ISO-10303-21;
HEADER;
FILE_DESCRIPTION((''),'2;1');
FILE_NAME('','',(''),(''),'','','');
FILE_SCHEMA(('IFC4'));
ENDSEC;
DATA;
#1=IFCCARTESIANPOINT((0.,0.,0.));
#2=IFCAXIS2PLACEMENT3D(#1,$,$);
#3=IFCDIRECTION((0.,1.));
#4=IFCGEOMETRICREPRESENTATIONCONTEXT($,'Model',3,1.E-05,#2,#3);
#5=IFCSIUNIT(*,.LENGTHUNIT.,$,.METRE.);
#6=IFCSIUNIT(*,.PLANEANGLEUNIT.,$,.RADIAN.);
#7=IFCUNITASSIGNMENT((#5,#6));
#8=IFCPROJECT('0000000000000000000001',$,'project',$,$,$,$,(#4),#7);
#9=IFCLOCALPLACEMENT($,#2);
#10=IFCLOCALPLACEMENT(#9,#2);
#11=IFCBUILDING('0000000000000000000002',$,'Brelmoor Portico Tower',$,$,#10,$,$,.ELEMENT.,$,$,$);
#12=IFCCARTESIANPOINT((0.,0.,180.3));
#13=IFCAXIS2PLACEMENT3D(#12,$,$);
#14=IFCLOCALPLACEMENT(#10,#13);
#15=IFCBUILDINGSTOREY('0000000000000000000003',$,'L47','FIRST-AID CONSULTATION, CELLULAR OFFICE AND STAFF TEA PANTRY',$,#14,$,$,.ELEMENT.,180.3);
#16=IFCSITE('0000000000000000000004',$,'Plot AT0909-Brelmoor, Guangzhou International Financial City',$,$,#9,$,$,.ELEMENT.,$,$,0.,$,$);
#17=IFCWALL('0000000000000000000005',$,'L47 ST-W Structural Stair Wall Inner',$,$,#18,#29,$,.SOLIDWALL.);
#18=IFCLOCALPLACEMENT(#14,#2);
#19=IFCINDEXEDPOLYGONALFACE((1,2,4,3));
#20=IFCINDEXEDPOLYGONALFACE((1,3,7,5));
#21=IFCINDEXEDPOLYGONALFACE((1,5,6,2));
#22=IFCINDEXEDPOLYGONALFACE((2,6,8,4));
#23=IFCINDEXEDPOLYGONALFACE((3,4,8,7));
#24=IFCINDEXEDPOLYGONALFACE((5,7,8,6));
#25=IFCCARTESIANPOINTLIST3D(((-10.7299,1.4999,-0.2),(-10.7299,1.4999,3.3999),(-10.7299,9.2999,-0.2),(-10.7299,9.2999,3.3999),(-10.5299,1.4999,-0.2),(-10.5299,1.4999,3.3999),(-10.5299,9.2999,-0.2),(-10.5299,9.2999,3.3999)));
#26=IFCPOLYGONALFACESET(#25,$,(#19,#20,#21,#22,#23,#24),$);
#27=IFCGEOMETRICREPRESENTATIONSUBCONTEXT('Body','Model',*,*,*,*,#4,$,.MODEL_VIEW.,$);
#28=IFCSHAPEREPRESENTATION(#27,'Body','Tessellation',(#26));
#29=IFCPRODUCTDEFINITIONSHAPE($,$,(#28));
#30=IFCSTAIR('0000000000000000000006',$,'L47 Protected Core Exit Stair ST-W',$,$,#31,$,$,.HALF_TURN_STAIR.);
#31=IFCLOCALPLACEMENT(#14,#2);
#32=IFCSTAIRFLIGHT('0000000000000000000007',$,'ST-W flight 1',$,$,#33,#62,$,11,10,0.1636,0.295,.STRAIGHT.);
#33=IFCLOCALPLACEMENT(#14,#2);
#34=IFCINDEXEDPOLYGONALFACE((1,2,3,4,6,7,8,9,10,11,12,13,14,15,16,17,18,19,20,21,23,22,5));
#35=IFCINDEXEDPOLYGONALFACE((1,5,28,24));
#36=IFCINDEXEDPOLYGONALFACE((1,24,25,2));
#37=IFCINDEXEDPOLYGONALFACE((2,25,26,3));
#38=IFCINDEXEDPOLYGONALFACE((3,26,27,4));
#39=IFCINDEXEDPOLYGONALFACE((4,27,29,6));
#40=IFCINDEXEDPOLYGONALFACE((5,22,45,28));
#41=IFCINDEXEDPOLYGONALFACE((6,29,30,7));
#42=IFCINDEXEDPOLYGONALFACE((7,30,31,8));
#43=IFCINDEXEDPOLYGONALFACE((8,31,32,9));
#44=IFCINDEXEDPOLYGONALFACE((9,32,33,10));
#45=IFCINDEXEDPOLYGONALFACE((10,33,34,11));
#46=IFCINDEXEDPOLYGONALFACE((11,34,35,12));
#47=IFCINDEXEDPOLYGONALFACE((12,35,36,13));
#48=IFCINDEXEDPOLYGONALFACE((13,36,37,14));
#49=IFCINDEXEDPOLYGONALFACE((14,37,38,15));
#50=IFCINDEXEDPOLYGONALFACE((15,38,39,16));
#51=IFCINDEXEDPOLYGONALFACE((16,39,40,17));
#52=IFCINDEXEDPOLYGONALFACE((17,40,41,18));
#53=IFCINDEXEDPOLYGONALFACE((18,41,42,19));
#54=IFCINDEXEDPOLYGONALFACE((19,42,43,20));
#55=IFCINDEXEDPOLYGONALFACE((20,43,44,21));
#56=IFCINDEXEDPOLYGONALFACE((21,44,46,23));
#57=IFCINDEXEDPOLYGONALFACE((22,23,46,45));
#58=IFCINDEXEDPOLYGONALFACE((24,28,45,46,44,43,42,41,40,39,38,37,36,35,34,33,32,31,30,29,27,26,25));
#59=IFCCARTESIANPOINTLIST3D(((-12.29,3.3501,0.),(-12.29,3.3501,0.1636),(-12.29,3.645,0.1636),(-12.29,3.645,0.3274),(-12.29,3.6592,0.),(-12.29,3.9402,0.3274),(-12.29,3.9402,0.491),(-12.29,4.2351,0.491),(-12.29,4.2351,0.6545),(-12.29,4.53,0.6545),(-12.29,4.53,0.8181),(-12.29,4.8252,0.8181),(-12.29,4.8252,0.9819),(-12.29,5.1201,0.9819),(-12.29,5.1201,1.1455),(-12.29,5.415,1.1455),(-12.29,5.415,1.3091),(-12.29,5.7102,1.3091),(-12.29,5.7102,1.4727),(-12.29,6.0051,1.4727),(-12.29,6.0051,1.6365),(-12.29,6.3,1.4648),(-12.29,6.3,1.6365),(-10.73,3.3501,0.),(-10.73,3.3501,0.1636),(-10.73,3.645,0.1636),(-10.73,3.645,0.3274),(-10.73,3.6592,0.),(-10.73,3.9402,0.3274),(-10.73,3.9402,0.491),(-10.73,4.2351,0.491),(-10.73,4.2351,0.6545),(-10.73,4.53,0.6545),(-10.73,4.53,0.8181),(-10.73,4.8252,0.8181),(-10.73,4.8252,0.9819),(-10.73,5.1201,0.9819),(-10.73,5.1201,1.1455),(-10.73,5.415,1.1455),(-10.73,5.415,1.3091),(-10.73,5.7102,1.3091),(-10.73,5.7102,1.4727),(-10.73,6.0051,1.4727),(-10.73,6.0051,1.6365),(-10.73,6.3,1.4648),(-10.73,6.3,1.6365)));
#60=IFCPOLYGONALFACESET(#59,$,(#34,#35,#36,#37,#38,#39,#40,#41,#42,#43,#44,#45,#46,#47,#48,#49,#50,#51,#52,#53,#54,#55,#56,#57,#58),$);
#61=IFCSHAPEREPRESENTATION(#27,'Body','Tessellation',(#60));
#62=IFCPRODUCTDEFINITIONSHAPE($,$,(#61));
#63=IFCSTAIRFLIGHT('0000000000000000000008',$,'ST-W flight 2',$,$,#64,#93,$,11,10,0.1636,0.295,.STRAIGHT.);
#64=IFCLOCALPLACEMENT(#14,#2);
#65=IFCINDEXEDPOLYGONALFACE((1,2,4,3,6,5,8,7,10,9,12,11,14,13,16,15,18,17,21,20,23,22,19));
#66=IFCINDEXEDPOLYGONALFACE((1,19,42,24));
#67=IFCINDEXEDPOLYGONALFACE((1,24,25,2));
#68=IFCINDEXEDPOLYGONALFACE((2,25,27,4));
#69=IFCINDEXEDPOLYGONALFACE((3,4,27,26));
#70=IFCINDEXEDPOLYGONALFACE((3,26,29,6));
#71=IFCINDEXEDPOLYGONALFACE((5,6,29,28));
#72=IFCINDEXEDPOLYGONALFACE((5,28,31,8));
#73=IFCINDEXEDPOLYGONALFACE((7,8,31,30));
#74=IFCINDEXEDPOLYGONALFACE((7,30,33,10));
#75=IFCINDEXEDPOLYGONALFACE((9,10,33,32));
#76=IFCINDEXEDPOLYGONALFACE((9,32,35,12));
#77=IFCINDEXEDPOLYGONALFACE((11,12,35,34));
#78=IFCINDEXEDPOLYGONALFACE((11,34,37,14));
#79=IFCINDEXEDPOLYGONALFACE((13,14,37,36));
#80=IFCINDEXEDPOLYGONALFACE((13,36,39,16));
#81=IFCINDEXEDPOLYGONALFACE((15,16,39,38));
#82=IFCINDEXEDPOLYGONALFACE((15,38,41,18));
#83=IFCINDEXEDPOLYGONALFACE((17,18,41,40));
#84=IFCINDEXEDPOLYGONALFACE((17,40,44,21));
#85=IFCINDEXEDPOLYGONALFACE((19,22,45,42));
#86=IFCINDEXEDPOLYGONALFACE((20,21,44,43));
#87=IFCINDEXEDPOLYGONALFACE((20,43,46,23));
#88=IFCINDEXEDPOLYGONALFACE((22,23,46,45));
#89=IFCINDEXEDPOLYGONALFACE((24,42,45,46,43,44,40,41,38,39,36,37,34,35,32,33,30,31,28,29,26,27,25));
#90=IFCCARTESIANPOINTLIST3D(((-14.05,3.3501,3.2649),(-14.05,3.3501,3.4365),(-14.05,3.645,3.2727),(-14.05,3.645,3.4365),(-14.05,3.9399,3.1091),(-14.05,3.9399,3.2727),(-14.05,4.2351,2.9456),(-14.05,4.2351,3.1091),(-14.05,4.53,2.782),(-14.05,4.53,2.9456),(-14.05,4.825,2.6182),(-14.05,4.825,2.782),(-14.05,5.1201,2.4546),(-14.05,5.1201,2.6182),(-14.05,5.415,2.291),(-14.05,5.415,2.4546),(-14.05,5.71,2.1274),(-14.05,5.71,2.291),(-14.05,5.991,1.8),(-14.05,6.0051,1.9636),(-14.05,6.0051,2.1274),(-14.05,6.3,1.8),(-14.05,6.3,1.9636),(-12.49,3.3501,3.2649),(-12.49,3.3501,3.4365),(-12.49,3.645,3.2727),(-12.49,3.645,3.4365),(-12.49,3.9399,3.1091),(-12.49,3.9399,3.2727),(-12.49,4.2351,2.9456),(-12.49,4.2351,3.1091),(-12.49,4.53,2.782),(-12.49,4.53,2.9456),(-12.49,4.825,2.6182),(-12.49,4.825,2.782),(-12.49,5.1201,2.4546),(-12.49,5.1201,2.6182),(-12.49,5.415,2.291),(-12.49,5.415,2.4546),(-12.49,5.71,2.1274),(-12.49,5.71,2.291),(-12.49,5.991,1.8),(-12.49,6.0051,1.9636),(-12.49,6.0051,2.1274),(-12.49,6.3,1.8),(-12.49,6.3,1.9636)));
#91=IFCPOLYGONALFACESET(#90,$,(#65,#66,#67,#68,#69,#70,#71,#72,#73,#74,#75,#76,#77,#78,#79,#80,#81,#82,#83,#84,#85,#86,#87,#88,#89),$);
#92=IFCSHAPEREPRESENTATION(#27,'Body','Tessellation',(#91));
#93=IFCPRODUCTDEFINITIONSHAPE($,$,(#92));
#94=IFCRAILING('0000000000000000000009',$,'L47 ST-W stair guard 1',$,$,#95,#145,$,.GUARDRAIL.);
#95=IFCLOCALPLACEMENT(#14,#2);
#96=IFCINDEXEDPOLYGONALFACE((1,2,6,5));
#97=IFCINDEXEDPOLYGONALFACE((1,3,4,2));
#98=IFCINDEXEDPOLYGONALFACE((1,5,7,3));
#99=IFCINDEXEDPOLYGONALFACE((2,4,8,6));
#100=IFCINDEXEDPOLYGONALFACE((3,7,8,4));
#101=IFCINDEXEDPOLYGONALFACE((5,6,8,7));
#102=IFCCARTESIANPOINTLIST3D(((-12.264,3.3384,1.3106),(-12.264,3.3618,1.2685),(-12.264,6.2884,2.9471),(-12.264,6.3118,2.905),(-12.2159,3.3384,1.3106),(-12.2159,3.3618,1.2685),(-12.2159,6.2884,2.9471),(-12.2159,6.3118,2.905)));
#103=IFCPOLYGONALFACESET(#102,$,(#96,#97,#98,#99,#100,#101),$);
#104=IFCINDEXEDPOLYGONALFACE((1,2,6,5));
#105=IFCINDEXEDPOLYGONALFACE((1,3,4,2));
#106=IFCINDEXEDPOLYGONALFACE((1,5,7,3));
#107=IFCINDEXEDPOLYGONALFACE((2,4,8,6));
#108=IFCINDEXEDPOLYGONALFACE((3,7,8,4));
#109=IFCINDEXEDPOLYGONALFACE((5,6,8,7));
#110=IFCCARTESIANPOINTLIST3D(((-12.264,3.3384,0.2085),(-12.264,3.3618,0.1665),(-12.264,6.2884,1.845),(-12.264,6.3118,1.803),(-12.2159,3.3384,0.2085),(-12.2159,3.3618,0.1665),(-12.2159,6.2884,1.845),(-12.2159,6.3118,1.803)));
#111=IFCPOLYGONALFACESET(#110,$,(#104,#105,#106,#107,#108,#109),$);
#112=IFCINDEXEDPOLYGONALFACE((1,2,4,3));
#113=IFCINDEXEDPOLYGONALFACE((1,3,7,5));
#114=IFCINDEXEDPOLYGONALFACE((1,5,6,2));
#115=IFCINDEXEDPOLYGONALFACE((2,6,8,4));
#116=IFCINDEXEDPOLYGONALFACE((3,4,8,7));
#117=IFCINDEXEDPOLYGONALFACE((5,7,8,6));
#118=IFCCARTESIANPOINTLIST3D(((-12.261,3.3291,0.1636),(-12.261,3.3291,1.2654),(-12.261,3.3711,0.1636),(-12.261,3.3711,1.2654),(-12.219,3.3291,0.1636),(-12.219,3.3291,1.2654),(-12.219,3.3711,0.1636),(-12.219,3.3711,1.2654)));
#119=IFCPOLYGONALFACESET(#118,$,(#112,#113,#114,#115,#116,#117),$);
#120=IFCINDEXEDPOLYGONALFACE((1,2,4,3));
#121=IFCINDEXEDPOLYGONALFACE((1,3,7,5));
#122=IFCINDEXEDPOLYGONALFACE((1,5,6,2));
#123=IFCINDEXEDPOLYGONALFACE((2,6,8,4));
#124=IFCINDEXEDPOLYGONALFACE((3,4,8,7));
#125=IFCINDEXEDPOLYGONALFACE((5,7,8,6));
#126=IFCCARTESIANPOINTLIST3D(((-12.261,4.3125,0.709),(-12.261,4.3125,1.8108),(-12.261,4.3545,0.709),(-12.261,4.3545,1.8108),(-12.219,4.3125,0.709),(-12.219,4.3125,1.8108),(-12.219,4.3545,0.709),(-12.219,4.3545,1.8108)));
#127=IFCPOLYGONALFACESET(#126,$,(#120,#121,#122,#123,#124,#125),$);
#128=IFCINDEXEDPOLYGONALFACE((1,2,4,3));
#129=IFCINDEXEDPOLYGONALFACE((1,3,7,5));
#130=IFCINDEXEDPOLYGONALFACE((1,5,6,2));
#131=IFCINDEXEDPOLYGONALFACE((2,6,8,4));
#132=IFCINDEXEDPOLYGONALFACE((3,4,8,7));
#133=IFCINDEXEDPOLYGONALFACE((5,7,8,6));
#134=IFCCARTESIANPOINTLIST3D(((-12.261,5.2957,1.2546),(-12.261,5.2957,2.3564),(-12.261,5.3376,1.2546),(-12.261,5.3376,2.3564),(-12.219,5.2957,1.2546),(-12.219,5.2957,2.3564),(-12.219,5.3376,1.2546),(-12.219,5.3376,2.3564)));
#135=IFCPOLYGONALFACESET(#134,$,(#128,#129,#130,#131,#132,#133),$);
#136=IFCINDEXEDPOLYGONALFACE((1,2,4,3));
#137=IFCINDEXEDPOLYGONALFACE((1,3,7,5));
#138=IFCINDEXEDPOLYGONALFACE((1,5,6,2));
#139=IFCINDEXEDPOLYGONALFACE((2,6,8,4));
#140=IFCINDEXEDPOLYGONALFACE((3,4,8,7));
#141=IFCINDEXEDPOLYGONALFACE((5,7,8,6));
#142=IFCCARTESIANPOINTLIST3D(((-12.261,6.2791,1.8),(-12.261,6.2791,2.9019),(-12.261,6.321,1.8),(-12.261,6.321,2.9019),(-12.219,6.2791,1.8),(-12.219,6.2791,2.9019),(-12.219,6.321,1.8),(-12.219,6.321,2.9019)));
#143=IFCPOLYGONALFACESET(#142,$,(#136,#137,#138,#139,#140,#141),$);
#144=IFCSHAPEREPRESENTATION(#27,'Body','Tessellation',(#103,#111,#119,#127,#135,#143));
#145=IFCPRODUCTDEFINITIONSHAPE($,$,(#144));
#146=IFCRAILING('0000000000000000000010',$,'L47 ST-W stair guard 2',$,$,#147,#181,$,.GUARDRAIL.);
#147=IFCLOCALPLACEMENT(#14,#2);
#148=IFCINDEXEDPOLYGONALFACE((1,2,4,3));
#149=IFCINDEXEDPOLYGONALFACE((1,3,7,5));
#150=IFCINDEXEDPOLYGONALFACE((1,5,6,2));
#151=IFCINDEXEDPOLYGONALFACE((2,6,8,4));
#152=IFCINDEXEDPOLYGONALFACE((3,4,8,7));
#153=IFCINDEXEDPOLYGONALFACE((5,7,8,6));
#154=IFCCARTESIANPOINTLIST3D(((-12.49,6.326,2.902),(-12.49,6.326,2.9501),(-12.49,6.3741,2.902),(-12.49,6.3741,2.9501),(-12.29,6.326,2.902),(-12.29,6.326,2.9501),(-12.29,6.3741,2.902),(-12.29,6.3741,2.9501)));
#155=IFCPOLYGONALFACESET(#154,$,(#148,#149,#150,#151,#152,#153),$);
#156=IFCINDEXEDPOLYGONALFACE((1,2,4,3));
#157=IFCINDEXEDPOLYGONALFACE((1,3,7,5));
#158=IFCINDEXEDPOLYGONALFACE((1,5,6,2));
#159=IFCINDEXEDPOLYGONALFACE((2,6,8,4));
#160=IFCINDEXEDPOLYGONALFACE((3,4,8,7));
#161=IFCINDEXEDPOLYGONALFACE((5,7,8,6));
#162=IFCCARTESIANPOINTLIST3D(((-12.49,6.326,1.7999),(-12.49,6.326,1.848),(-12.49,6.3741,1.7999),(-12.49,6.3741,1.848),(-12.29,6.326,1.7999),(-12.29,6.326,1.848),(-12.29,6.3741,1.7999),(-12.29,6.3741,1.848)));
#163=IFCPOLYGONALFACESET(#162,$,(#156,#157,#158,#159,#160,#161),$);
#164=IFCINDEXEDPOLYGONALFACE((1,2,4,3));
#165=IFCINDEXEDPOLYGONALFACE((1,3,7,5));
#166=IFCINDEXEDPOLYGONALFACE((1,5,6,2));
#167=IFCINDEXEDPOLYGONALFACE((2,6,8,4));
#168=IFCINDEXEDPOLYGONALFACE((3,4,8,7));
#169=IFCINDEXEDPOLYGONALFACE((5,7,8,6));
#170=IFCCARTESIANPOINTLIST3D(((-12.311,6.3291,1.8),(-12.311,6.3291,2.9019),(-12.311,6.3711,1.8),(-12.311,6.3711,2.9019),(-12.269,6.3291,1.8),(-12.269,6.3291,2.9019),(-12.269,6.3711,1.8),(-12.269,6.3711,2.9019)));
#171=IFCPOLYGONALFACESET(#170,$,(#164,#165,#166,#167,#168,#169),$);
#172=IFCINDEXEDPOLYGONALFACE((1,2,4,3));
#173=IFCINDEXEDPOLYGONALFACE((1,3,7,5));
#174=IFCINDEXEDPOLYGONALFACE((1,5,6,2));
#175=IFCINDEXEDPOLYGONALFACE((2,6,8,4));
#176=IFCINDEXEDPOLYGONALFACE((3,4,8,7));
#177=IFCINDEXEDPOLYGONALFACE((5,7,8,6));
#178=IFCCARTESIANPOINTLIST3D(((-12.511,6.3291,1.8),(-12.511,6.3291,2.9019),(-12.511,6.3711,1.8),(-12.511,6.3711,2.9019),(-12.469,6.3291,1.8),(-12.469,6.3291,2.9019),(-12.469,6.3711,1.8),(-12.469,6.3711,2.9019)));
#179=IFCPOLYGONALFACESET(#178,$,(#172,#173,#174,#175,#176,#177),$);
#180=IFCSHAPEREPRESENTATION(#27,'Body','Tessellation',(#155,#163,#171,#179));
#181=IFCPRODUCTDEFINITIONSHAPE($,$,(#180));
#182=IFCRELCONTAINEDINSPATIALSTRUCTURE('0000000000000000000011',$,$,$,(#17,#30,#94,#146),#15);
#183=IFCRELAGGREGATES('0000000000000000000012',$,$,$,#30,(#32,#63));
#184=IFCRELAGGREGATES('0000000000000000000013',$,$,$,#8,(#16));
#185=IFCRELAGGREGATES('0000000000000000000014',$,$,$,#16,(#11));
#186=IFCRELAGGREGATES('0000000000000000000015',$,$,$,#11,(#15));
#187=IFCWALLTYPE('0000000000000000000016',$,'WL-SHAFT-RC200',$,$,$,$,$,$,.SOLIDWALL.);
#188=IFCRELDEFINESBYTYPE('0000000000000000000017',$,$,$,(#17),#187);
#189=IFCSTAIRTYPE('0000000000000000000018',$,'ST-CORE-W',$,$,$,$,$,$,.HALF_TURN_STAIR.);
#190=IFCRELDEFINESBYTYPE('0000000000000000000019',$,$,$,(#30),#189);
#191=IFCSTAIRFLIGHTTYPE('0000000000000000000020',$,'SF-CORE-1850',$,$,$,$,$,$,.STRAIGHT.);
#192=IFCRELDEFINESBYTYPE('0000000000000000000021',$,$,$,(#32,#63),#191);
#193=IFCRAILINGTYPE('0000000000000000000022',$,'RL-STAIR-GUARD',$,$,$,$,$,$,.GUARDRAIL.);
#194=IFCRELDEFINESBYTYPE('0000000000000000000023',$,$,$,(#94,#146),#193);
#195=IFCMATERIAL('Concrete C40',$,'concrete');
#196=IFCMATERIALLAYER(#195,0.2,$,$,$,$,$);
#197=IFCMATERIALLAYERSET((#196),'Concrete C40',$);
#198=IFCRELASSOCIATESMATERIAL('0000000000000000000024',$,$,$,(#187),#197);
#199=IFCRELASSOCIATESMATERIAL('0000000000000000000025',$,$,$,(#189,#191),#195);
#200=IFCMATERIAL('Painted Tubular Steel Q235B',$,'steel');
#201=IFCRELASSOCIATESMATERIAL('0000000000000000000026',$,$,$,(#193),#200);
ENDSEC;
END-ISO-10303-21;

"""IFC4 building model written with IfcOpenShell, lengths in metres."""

from ifc_helpers import new_model, si_unit, direction, frame, frame_2d, origin, origin_2d, place, context, subcontext, project, spatial, polyline, rectangle, outline, extrude, material, layer, layer_set, type_object, element, aggregate, save


model = new_model("IFC4")

# Units and contexts
model_context = context("Model", 3, precision=1e-05, world=origin(), true_north=direction((0.0, 1.0)))
body_context = subcontext(model_context, "Body", "Model", "MODEL_VIEW")
ifc_project = project(units=[si_unit("LENGTHUNIT", "METRE"), si_unit("PLANEANGLEUNIT", "RADIAN")], contexts=[model_context])

# Site, building, storey
site_placement = place(None, origin())
site = spatial("IfcSite", under=ifc_project, at=site_placement, Name="Plot AT0909-Brelmoor, Guangzhou International Financial City", CompositionType="ELEMENT", RefElevation=0.0)
building_placement = place(site_placement, origin())
building = spatial("IfcBuilding", under=site, at=building_placement, Name="Brelmoor Portico Tower", CompositionType="ELEMENT")
storey_placement = place(building_placement, frame((0.0, 0.0, 180.3)))
storey = spatial("IfcBuildingStorey", under=building, at=storey_placement, Name="L47", Description="FIRST-AID CONSULTATION, CELLULAR OFFICE AND STAFF TEA PANTRY", CompositionType="ELEMENT", Elevation=180.3)

# Shared definitions
ifc_material_1 = material(Name="Concrete C40", Category="concrete")

# Shared definitions
ifc_layer_1 = layer(ifc_material_1, 0.2)
ifc_layer_set_1 = layer_set([ifc_layer_1], Name="Concrete C40")
wall_type_1 = type_object("IfcWallType", Name="WL-SHAFT-RC200", PredefinedType="SOLIDWALL", material=ifc_layer_set_1)

# Wall
wall_1_placement = place(storey_placement, frame((-10.6299, 1.5, -0.2), z_axis=(0.0, 0.0, 1.0), x_axis=(0.0, 1.0, 0.0)))
element("IfcWall", 1, at=wall_1_placement, inside=storey, type_object=wall_type_1, Name="L47 ST-W Structural Stair Wall Inner", PredefinedType="SOLIDWALL", context=body_context, shape_type="SweptSolid", body=[
    extrude(rectangle(XDim=7.8, YDim=0.2, at=frame_2d((3.8999, 0.0))), origin(), (0.0, 0.0, 1.0), 3.5999),
])

# Stair, stair flights
stair_type = type_object("IfcStairType", Name="ST-CORE-W", PredefinedType="HALF_TURN_STAIR", material=ifc_material_1)
stair_placement = place(storey_placement, origin())
stair = element("IfcStair", 2, at=stair_placement, inside=storey, type_object=stair_type, Name="L47 Protected Core Exit Stair ST-W", PredefinedType="HALF_TURN_STAIR")
stair_flight_type = type_object("IfcStairFlightType", Name="SF-CORE-1850", PredefinedType="STRAIGHT", material=ifc_material_1)
stair_flight_1_placement = place(storey_placement, frame((-11.51, 3.3501, 0.0), z_axis=(0.0, 0.0, 1.0), x_axis=(0.0, 1.0, 0.0)))
stair_flight_1 = element("IfcStairFlight", 3, at=stair_flight_1_placement, type_object=stair_flight_type, Name="ST-W flight 1", NumberOfRisers=11, NumberOfTreads=10, PredefinedType="STRAIGHT", RiserHeight=0.1636, TreadLength=0.295, context=body_context, shape_type="SweptSolid", body=[
    extrude(outline(polyline([(0.0, 0.0), (0.0, 0.1636), (0.2949, 0.1636), (0.2949, 0.3274), (0.5901, 0.3274), (0.5901, 0.491), (0.885, 0.491), (0.885, 0.6545), (1.1799, 0.6545), (1.1799, 0.8181), (1.4751, 0.8181), (1.4751, 0.9819), (1.77, 0.9819), (1.77, 1.1455), (2.0649, 1.1455), (2.0649, 1.3091), (2.3601, 1.3091), (2.3601, 1.4727), (2.655, 1.4727), (2.655, 1.6365), (2.95, 1.6365), (2.95, 1.8), (2.95, 1.4648), (0.3091, 0.0), (0.0, 0.0)])), frame((0.0, 0.78, 0.0), z_axis=(0.0, -1.0, 0.0), x_axis=(1.0, 0.0, 0.0)), (0.0, 0.0, 1.0), 1.5601),
])
stair_flight_2_placement = place(storey_placement, frame((-13.27, 6.3, 1.8), z_axis=(0.0, 0.0, 1.0), x_axis=(0.0, -1.0, 0.0)))
stair_flight_2 = element("IfcStairFlight", 4, at=stair_flight_2_placement, type_object=stair_flight_type, Name="ST-W flight 2", NumberOfRisers=11, NumberOfTreads=10, PredefinedType="STRAIGHT", RiserHeight=0.1636, TreadLength=0.295, context=body_context, shape_type="SweptSolid", body=[
    extrude(outline(polyline([(0.0, 0.0), (0.0, 0.1636), (0.2949, 0.1636), (0.2949, 0.3274), (0.5901, 0.3274), (0.5901, 0.491), (0.885, 0.491), (0.885, 0.6545), (1.1799, 0.6545), (1.1799, 0.8181), (1.4751, 0.8181), (1.4751, 0.9819), (1.77, 0.9819), (1.77, 1.1455), (2.0649, 1.1455), (2.0649, 1.3091), (2.3601, 1.3091), (2.3601, 1.4727), (2.655, 1.4727), (2.655, 1.6365), (2.95, 1.6365), (2.95, 1.8), (2.95, 1.4648), (0.3091, 0.0), (0.0, 0.0)])), frame((0.0, 0.78, 0.0), z_axis=(0.0, -1.0, 0.0), x_axis=(1.0, 0.0, 0.0)), (0.0, 0.0, 1.0), 1.5601),
])
aggregate(stair, [stair_flight_1, stair_flight_2])

# Railings
ifc_material_2 = material(Name="Painted Tubular Steel Q235B", Category="steel")
railing_type_1 = type_object("IfcRailingType", Name="RL-STAIR-GUARD", PredefinedType="GUARDRAIL", material=ifc_material_2)
railing_1_placement = place(storey_placement, frame((-12.24, 3.3501, 0.1636)))
element("IfcRailing", 5, at=railing_1_placement, inside=storey, type_object=railing_type_1, Name="L47 ST-W stair guard 1", PredefinedType="GUARDRAIL", context=body_context, shape_type="SweptSolid", body=[
    extrude(rectangle(XDim=0.0481, YDim=0.0481, at=origin_2d()), frame((0.0, 0.0, 1.126), z_axis=(0.0, 0.874458, 0.485102), x_axis=(-1.0, 0.0, 0.0)), (0.0, 0.0, 1.0), 3.3735),
    extrude(rectangle(XDim=0.0481, YDim=0.0481, at=origin_2d()), frame((0.0, 0.0, 0.0239), z_axis=(0.0, 0.874458, 0.485102), x_axis=(-1.0, 0.0, 0.0)), (0.0, 0.0, 1.0), 3.3735),
    extrude(rectangle(XDim=0.042, YDim=0.042, at=origin_2d()), origin(), (0.0, 0.0, 1.0), 1.1018),
    extrude(rectangle(XDim=0.042, YDim=0.042, at=origin_2d()), frame((0.0, 0.9834, 0.5454)), (0.0, 0.0, 1.0), 1.1018),
    extrude(rectangle(XDim=0.042, YDim=0.042, at=origin_2d()), frame((0.0, 1.9666, 1.0911)), (0.0, 0.0, 1.0), 1.1018),
    extrude(rectangle(XDim=0.042, YDim=0.042, at=origin_2d()), frame((0.0, 2.95, 1.6365)), (0.0, 0.0, 1.0), 1.1018),
])
railing_2_placement = place(storey_placement, frame((-12.29, 6.3501, 1.8)))
element("IfcRailing", 6, at=railing_2_placement, inside=storey, type_object=railing_type_1, Name="L47 ST-W stair guard 2", PredefinedType="GUARDRAIL", context=body_context, shape_type="SweptSolid", body=[
    extrude(rectangle(XDim=0.0481, YDim=0.0481, at=origin_2d()), frame((0.0, 0.0, 1.126), z_axis=(-1.0, 0.0, 0.0), x_axis=(0.0, -1.0, 0.0)), (0.0, 0.0, 1.0), 0.2),
    extrude(rectangle(XDim=0.0481, YDim=0.0481, at=origin_2d()), frame((0.0, 0.0, 0.0239), z_axis=(-1.0, 0.0, 0.0), x_axis=(0.0, -1.0, 0.0)), (0.0, 0.0, 1.0), 0.2),
    extrude(rectangle(XDim=0.042, YDim=0.042, at=origin_2d()), origin(), (0.0, 0.0, 1.0), 1.1018),
    extrude(rectangle(XDim=0.042, YDim=0.042, at=origin_2d()), frame((-0.2, 0.0, 0.0)), (0.0, 0.0, 1.0), 1.1018),
])

save(model, "model.ifc")
